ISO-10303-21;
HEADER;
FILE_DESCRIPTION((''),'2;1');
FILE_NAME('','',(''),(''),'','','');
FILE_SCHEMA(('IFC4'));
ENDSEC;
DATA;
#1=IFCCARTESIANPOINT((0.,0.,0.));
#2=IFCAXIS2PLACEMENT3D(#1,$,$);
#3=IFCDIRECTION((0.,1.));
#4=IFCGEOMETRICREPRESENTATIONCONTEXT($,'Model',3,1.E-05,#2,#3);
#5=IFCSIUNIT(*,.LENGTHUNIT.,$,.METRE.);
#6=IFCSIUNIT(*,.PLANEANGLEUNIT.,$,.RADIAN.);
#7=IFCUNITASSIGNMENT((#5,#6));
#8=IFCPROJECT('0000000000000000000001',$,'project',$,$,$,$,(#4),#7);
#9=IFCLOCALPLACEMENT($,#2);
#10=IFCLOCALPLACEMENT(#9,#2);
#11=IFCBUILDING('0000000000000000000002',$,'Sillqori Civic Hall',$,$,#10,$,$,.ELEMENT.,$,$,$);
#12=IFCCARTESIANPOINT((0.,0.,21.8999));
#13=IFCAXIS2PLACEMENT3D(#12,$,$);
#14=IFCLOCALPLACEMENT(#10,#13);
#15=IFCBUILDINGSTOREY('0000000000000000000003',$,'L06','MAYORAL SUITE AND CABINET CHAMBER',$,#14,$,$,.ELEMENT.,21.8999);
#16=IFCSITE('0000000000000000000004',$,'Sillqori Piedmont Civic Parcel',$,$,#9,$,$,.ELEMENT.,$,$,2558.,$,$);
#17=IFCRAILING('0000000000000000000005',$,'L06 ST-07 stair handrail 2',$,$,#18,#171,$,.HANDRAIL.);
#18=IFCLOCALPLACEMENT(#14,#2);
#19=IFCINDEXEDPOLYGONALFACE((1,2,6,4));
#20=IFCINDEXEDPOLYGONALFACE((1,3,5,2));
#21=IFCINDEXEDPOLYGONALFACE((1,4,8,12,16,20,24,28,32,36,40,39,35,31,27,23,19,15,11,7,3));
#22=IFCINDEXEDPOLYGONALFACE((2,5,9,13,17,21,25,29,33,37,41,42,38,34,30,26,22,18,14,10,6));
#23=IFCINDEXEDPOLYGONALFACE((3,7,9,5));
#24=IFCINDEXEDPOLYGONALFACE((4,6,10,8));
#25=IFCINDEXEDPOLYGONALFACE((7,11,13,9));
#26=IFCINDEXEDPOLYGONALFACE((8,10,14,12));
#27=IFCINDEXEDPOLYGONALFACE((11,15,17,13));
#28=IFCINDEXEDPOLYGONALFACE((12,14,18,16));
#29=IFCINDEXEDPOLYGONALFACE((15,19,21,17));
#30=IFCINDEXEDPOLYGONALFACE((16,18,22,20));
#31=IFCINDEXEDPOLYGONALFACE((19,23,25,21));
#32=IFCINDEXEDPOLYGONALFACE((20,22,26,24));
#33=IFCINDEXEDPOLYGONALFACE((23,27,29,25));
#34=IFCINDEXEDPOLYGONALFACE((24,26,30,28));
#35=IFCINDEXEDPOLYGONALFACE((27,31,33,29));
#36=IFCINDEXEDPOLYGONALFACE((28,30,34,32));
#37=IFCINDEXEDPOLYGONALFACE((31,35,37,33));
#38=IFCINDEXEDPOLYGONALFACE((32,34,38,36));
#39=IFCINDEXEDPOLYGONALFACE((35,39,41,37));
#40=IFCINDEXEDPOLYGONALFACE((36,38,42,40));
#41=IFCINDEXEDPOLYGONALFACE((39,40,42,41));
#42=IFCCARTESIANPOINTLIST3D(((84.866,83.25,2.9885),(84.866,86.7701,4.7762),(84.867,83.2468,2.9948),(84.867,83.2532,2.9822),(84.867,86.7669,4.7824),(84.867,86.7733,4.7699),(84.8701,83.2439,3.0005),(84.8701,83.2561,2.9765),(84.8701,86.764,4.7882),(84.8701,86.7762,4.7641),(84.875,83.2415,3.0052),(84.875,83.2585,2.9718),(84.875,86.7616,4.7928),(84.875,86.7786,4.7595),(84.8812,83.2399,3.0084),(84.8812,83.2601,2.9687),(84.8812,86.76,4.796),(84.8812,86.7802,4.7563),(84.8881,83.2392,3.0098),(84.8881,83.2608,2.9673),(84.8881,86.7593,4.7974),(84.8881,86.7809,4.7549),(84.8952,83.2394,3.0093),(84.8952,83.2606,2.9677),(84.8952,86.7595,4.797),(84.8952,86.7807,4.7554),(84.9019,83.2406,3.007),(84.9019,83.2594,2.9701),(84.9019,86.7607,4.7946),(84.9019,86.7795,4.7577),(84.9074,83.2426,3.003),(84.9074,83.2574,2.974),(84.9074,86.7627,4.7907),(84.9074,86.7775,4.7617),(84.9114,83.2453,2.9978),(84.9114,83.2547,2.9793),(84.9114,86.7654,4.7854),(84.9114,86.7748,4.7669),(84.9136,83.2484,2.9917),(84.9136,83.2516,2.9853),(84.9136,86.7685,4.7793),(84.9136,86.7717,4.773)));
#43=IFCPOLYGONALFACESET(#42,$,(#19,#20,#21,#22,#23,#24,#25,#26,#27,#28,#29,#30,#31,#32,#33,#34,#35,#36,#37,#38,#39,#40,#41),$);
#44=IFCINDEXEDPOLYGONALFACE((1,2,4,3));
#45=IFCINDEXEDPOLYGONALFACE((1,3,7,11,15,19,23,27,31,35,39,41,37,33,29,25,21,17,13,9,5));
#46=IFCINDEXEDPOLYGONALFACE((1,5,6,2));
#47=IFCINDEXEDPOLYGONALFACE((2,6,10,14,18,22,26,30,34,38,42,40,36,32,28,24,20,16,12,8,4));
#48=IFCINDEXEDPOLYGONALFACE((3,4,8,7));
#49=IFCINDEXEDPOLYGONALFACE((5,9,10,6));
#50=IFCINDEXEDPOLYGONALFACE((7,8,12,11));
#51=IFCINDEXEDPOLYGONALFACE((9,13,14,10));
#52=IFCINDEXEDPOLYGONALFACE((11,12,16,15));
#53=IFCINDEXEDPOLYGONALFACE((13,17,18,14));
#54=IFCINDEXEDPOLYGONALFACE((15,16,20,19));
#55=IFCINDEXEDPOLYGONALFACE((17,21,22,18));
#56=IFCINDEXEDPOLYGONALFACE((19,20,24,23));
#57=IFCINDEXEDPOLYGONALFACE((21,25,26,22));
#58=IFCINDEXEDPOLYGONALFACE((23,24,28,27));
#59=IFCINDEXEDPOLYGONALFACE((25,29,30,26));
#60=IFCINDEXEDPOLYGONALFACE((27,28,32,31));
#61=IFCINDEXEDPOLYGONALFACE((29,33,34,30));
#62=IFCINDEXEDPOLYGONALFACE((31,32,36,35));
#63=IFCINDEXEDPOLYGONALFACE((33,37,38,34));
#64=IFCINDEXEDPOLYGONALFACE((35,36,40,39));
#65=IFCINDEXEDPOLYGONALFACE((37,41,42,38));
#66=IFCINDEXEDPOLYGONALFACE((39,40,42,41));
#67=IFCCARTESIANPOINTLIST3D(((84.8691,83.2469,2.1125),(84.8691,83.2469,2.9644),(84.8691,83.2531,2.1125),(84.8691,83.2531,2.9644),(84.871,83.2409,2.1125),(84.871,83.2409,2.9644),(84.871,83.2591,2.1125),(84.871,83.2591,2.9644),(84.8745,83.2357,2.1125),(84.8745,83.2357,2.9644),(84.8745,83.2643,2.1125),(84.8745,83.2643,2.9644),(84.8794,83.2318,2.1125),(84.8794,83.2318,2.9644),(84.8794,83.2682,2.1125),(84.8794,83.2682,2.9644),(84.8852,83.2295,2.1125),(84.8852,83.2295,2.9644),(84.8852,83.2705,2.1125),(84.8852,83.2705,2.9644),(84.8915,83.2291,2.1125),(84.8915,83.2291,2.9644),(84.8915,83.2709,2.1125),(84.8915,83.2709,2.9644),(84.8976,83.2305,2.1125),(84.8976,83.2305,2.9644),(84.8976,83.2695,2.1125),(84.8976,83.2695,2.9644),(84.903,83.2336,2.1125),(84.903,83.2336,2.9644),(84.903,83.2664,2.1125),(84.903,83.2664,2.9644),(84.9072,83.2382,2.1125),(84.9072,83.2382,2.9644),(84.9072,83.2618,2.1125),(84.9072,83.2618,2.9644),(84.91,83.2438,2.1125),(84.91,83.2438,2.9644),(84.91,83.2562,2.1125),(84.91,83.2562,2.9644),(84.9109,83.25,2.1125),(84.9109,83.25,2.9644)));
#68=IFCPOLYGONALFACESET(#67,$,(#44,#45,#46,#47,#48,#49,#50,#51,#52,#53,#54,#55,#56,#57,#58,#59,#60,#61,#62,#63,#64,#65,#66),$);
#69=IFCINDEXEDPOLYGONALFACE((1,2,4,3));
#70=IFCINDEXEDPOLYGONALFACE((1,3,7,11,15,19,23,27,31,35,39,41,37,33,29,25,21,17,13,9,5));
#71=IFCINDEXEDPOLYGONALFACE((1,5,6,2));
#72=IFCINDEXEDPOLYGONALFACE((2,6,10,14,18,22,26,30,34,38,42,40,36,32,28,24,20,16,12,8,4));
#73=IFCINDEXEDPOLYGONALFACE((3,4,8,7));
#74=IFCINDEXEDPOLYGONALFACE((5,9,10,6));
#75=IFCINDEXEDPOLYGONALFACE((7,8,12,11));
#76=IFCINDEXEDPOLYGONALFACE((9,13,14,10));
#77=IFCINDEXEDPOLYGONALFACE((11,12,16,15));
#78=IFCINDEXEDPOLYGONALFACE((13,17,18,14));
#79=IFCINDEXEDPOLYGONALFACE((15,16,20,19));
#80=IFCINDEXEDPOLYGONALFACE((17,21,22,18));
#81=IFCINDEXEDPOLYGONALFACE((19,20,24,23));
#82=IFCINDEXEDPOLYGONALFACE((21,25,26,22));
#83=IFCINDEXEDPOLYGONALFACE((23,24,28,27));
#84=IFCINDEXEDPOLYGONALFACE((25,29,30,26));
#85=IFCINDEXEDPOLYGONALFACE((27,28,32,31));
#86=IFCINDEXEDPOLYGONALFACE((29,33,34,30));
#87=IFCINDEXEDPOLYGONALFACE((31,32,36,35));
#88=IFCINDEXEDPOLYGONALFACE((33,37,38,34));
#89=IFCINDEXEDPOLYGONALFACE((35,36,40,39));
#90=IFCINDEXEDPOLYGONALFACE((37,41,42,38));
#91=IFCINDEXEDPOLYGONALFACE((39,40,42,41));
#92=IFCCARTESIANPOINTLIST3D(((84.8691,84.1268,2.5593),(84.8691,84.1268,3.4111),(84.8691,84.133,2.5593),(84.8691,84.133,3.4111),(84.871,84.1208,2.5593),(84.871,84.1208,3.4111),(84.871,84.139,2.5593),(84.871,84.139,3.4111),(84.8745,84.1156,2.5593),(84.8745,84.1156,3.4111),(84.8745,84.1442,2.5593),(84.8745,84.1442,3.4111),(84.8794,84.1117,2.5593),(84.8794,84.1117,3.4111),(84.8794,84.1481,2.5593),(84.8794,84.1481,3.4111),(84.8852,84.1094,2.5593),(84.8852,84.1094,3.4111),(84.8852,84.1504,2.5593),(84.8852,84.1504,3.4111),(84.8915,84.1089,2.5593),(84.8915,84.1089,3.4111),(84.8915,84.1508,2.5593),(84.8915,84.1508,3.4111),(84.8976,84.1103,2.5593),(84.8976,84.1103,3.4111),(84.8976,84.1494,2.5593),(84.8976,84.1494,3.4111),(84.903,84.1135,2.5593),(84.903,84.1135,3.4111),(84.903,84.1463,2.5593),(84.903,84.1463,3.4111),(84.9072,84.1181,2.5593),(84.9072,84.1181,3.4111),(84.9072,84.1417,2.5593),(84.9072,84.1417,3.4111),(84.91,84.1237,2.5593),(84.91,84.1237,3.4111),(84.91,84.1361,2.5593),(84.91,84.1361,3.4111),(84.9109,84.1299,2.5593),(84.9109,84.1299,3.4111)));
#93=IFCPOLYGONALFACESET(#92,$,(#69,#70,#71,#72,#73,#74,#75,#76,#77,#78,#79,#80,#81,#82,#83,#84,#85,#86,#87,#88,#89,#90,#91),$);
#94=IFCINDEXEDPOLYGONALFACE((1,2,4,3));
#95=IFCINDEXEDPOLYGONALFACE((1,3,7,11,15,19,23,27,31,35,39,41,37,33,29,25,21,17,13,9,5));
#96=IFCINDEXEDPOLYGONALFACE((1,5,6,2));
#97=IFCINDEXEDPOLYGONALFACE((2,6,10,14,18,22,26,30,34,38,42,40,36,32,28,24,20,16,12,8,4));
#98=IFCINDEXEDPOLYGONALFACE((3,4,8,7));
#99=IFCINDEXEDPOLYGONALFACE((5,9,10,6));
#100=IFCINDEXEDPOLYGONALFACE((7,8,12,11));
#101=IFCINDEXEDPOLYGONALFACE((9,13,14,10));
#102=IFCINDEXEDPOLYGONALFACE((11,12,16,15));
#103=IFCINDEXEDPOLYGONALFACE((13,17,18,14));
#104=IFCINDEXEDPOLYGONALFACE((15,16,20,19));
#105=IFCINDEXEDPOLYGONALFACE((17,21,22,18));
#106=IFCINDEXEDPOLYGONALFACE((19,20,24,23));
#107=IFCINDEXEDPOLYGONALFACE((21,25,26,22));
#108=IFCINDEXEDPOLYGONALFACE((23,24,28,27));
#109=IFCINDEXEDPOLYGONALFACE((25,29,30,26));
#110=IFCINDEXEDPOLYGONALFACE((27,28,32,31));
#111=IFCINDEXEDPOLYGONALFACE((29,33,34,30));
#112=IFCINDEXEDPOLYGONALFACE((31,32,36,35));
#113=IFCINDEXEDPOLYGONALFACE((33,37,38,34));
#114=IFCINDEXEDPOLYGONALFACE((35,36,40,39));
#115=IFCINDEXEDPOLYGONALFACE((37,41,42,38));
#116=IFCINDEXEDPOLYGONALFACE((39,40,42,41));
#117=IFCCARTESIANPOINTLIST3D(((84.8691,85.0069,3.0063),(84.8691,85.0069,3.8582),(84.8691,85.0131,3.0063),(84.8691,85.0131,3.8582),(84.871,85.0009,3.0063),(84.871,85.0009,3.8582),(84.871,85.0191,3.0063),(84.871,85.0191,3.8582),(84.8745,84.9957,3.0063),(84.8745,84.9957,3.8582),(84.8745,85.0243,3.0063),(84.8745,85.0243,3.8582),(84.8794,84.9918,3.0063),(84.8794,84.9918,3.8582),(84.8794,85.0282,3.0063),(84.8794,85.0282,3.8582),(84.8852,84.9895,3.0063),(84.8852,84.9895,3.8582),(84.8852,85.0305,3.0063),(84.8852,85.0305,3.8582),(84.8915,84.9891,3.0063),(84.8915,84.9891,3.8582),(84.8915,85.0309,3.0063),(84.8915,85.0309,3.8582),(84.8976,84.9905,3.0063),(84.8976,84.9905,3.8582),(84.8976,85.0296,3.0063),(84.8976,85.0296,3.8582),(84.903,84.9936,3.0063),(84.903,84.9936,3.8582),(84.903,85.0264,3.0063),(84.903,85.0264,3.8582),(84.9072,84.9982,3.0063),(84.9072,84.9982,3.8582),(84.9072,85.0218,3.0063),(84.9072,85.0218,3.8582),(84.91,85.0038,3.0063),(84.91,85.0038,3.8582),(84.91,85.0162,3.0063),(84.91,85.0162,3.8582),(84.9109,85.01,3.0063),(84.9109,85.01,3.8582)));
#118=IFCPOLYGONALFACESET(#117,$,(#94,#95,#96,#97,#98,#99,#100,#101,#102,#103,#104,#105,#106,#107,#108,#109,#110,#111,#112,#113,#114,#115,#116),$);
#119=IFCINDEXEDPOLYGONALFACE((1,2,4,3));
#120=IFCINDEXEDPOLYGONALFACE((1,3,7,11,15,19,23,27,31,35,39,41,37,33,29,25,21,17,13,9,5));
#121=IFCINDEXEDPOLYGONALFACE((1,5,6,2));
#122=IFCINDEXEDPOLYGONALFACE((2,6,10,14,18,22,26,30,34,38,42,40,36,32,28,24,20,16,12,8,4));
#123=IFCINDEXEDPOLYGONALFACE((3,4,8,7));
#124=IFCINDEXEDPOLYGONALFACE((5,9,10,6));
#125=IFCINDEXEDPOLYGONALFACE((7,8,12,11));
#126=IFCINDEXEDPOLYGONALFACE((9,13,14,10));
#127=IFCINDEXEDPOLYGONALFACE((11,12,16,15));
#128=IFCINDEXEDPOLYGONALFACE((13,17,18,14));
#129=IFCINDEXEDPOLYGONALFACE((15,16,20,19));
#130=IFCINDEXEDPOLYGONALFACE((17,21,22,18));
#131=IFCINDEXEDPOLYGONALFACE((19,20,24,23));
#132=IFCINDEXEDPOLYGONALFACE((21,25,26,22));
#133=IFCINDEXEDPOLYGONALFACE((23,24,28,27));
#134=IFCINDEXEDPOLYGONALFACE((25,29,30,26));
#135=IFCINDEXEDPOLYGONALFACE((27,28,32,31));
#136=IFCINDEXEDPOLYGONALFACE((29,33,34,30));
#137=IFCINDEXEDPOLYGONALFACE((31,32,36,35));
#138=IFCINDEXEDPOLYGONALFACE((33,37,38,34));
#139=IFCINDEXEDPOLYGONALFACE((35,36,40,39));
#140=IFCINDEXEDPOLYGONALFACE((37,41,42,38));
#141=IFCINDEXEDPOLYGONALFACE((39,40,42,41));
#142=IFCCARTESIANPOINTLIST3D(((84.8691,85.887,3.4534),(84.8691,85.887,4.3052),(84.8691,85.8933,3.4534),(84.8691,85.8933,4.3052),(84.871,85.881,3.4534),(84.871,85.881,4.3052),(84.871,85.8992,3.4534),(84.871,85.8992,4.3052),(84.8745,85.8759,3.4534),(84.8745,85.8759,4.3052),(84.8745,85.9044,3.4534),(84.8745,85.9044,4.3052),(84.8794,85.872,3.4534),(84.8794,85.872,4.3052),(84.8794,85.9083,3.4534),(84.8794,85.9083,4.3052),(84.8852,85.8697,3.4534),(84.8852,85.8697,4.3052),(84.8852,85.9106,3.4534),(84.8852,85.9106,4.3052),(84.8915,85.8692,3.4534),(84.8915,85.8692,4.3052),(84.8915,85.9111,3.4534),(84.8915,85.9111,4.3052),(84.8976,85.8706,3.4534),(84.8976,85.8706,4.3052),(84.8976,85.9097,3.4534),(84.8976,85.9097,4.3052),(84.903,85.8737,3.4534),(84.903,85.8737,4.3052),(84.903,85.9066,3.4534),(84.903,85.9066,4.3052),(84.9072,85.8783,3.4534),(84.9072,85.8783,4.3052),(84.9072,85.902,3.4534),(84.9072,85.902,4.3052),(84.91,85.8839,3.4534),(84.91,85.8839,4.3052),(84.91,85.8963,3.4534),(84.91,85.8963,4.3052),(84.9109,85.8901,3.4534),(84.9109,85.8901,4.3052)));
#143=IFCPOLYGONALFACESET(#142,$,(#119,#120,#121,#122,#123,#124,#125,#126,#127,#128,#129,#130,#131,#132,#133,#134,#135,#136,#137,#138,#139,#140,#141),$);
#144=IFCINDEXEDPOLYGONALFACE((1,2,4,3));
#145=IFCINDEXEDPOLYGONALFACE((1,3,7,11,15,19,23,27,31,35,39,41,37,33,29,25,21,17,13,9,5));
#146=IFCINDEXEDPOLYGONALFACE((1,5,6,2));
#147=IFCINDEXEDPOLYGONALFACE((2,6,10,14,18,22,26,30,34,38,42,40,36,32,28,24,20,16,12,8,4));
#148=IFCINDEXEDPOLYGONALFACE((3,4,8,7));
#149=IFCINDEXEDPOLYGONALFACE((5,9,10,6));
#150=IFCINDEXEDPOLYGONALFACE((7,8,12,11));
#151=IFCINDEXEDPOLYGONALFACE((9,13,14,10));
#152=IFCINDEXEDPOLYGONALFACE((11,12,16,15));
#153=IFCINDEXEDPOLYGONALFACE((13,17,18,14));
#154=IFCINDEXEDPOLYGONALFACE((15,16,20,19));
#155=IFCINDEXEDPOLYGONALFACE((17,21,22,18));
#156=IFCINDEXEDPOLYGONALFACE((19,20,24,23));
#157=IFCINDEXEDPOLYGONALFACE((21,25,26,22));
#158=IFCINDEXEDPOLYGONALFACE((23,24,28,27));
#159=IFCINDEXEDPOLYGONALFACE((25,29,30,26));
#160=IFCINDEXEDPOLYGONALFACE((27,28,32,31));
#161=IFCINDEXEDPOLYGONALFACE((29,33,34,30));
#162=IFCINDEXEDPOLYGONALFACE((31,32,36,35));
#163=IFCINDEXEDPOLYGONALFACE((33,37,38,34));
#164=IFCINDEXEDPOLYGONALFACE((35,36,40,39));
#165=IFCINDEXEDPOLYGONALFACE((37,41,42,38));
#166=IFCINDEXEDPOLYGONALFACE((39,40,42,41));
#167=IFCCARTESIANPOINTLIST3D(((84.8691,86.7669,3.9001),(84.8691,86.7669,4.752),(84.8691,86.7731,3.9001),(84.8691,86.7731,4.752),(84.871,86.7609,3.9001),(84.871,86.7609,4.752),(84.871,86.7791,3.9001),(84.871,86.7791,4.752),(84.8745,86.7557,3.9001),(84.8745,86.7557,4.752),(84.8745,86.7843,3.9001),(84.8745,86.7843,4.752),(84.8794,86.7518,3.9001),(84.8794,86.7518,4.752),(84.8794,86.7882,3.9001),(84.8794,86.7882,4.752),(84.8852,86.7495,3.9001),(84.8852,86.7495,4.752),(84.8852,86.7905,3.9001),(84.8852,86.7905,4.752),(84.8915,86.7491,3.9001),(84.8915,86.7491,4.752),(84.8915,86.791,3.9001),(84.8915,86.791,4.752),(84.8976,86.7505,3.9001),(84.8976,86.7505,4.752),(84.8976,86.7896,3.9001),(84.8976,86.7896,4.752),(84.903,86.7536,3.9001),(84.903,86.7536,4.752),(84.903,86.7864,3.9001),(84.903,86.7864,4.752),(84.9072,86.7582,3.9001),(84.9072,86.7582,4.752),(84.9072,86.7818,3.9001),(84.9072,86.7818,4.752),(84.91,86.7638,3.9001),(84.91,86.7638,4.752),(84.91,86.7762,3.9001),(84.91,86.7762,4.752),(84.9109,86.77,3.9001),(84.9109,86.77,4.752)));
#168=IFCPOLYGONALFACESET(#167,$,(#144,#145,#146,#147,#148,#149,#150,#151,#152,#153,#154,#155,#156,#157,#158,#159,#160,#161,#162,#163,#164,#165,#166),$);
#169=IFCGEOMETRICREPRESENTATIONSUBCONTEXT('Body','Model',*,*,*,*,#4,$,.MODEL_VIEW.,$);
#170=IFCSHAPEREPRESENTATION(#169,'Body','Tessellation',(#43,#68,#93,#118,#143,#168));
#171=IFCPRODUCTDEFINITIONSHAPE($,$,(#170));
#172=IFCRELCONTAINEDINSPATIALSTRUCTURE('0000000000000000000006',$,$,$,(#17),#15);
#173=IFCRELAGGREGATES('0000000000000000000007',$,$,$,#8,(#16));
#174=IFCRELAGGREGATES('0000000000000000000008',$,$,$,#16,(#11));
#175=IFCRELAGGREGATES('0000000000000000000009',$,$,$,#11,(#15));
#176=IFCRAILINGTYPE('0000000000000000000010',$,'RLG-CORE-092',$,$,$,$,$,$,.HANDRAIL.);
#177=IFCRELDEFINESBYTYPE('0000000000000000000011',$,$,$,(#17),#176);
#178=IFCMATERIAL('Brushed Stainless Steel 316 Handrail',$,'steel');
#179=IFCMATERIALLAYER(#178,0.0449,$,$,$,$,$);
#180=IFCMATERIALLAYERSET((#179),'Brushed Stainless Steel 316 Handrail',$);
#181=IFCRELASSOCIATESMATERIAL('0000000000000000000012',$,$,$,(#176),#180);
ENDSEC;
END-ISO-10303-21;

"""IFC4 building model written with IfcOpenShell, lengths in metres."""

from ifc_helpers import new_model, si_unit, direction, frame, origin, origin_2d, place, context, subcontext, project, spatial, circle, extrude, material, layer, layer_set, type_object, element, save


model = new_model("IFC4")

# Units and contexts
model_context = context("Model", 3, precision=1e-05, world=origin(), true_north=direction((0.0, 1.0)))
body_context = subcontext(model_context, "Body", "Model", "MODEL_VIEW")
ifc_project = project(units=[si_unit("LENGTHUNIT", "METRE"), si_unit("PLANEANGLEUNIT", "RADIAN")], contexts=[model_context])

# Site, building, storey
site_placement = place(None, origin())
site = spatial("IfcSite", under=ifc_project, at=site_placement, Name="Sillqori Piedmont Civic Parcel", CompositionType="ELEMENT", RefElevation=2558.0)
building_placement = place(site_placement, origin())
building = spatial("IfcBuilding", under=site, at=building_placement, Name="Sillqori Civic Hall", CompositionType="ELEMENT")
storey_placement = place(building_placement, frame((0.0, 0.0, 21.8999)))
storey = spatial("IfcBuildingStorey", under=building, at=storey_placement, Name="L06", Description="MAYORAL SUITE AND CABINET CHAMBER", CompositionType="ELEMENT", Elevation=21.8999)

# Railing
ifc_material_1 = material(Name="Brushed Stainless Steel 316 Handrail", Category="steel")
ifc_layer_1 = layer(ifc_material_1, 0.0449)
ifc_layer_set_1 = layer_set([ifc_layer_1], Name="Brushed Stainless Steel 316 Handrail")
railing_type_1 = type_object("IfcRailingType", Name="RLG-CORE-092", PredefinedType="HANDRAIL", material=ifc_layer_set_1)
railing_1_placement = place(storey_placement, frame((84.8899, 83.25, 2.1125)))
element("IfcRailing", 1, at=railing_1_placement, inside=storey, type_object=railing_type_1, Name="L06 ST-07 stair handrail 2", PredefinedType="HANDRAIL", context=body_context, shape_type="SweptSolid", body=[
    extrude(circle(Radius=0.0239, at=origin_2d()), frame((0.0, 0.0, 0.876), z_axis=(0.0, 0.891615, 0.452795), x_axis=(-1.0, 0.0, 0.0)), (0.0, 0.0, 1.0), 3.948),
    extrude(circle(Radius=0.021, at=origin_2d()), origin(), (0.0, 0.0, 1.0), 0.8518),
    extrude(circle(Radius=0.021, at=origin_2d()), frame((0.0, 0.8799, 0.4468)), (0.0, 0.0, 1.0), 0.8518),
    extrude(circle(Radius=0.021, at=origin_2d()), frame((0.0, 1.76, 0.8938)), (0.0, 0.0, 1.0), 0.8518),
    extrude(circle(Radius=0.021, at=origin_2d()), frame((0.0, 2.6401, 1.3408)), (0.0, 0.0, 1.0), 0.8518),
    extrude(circle(Radius=0.021, at=origin_2d()), frame((0.0, 3.52, 1.7876)), (0.0, 0.0, 1.0), 0.8518),
])

save(model, "model.ifc")
